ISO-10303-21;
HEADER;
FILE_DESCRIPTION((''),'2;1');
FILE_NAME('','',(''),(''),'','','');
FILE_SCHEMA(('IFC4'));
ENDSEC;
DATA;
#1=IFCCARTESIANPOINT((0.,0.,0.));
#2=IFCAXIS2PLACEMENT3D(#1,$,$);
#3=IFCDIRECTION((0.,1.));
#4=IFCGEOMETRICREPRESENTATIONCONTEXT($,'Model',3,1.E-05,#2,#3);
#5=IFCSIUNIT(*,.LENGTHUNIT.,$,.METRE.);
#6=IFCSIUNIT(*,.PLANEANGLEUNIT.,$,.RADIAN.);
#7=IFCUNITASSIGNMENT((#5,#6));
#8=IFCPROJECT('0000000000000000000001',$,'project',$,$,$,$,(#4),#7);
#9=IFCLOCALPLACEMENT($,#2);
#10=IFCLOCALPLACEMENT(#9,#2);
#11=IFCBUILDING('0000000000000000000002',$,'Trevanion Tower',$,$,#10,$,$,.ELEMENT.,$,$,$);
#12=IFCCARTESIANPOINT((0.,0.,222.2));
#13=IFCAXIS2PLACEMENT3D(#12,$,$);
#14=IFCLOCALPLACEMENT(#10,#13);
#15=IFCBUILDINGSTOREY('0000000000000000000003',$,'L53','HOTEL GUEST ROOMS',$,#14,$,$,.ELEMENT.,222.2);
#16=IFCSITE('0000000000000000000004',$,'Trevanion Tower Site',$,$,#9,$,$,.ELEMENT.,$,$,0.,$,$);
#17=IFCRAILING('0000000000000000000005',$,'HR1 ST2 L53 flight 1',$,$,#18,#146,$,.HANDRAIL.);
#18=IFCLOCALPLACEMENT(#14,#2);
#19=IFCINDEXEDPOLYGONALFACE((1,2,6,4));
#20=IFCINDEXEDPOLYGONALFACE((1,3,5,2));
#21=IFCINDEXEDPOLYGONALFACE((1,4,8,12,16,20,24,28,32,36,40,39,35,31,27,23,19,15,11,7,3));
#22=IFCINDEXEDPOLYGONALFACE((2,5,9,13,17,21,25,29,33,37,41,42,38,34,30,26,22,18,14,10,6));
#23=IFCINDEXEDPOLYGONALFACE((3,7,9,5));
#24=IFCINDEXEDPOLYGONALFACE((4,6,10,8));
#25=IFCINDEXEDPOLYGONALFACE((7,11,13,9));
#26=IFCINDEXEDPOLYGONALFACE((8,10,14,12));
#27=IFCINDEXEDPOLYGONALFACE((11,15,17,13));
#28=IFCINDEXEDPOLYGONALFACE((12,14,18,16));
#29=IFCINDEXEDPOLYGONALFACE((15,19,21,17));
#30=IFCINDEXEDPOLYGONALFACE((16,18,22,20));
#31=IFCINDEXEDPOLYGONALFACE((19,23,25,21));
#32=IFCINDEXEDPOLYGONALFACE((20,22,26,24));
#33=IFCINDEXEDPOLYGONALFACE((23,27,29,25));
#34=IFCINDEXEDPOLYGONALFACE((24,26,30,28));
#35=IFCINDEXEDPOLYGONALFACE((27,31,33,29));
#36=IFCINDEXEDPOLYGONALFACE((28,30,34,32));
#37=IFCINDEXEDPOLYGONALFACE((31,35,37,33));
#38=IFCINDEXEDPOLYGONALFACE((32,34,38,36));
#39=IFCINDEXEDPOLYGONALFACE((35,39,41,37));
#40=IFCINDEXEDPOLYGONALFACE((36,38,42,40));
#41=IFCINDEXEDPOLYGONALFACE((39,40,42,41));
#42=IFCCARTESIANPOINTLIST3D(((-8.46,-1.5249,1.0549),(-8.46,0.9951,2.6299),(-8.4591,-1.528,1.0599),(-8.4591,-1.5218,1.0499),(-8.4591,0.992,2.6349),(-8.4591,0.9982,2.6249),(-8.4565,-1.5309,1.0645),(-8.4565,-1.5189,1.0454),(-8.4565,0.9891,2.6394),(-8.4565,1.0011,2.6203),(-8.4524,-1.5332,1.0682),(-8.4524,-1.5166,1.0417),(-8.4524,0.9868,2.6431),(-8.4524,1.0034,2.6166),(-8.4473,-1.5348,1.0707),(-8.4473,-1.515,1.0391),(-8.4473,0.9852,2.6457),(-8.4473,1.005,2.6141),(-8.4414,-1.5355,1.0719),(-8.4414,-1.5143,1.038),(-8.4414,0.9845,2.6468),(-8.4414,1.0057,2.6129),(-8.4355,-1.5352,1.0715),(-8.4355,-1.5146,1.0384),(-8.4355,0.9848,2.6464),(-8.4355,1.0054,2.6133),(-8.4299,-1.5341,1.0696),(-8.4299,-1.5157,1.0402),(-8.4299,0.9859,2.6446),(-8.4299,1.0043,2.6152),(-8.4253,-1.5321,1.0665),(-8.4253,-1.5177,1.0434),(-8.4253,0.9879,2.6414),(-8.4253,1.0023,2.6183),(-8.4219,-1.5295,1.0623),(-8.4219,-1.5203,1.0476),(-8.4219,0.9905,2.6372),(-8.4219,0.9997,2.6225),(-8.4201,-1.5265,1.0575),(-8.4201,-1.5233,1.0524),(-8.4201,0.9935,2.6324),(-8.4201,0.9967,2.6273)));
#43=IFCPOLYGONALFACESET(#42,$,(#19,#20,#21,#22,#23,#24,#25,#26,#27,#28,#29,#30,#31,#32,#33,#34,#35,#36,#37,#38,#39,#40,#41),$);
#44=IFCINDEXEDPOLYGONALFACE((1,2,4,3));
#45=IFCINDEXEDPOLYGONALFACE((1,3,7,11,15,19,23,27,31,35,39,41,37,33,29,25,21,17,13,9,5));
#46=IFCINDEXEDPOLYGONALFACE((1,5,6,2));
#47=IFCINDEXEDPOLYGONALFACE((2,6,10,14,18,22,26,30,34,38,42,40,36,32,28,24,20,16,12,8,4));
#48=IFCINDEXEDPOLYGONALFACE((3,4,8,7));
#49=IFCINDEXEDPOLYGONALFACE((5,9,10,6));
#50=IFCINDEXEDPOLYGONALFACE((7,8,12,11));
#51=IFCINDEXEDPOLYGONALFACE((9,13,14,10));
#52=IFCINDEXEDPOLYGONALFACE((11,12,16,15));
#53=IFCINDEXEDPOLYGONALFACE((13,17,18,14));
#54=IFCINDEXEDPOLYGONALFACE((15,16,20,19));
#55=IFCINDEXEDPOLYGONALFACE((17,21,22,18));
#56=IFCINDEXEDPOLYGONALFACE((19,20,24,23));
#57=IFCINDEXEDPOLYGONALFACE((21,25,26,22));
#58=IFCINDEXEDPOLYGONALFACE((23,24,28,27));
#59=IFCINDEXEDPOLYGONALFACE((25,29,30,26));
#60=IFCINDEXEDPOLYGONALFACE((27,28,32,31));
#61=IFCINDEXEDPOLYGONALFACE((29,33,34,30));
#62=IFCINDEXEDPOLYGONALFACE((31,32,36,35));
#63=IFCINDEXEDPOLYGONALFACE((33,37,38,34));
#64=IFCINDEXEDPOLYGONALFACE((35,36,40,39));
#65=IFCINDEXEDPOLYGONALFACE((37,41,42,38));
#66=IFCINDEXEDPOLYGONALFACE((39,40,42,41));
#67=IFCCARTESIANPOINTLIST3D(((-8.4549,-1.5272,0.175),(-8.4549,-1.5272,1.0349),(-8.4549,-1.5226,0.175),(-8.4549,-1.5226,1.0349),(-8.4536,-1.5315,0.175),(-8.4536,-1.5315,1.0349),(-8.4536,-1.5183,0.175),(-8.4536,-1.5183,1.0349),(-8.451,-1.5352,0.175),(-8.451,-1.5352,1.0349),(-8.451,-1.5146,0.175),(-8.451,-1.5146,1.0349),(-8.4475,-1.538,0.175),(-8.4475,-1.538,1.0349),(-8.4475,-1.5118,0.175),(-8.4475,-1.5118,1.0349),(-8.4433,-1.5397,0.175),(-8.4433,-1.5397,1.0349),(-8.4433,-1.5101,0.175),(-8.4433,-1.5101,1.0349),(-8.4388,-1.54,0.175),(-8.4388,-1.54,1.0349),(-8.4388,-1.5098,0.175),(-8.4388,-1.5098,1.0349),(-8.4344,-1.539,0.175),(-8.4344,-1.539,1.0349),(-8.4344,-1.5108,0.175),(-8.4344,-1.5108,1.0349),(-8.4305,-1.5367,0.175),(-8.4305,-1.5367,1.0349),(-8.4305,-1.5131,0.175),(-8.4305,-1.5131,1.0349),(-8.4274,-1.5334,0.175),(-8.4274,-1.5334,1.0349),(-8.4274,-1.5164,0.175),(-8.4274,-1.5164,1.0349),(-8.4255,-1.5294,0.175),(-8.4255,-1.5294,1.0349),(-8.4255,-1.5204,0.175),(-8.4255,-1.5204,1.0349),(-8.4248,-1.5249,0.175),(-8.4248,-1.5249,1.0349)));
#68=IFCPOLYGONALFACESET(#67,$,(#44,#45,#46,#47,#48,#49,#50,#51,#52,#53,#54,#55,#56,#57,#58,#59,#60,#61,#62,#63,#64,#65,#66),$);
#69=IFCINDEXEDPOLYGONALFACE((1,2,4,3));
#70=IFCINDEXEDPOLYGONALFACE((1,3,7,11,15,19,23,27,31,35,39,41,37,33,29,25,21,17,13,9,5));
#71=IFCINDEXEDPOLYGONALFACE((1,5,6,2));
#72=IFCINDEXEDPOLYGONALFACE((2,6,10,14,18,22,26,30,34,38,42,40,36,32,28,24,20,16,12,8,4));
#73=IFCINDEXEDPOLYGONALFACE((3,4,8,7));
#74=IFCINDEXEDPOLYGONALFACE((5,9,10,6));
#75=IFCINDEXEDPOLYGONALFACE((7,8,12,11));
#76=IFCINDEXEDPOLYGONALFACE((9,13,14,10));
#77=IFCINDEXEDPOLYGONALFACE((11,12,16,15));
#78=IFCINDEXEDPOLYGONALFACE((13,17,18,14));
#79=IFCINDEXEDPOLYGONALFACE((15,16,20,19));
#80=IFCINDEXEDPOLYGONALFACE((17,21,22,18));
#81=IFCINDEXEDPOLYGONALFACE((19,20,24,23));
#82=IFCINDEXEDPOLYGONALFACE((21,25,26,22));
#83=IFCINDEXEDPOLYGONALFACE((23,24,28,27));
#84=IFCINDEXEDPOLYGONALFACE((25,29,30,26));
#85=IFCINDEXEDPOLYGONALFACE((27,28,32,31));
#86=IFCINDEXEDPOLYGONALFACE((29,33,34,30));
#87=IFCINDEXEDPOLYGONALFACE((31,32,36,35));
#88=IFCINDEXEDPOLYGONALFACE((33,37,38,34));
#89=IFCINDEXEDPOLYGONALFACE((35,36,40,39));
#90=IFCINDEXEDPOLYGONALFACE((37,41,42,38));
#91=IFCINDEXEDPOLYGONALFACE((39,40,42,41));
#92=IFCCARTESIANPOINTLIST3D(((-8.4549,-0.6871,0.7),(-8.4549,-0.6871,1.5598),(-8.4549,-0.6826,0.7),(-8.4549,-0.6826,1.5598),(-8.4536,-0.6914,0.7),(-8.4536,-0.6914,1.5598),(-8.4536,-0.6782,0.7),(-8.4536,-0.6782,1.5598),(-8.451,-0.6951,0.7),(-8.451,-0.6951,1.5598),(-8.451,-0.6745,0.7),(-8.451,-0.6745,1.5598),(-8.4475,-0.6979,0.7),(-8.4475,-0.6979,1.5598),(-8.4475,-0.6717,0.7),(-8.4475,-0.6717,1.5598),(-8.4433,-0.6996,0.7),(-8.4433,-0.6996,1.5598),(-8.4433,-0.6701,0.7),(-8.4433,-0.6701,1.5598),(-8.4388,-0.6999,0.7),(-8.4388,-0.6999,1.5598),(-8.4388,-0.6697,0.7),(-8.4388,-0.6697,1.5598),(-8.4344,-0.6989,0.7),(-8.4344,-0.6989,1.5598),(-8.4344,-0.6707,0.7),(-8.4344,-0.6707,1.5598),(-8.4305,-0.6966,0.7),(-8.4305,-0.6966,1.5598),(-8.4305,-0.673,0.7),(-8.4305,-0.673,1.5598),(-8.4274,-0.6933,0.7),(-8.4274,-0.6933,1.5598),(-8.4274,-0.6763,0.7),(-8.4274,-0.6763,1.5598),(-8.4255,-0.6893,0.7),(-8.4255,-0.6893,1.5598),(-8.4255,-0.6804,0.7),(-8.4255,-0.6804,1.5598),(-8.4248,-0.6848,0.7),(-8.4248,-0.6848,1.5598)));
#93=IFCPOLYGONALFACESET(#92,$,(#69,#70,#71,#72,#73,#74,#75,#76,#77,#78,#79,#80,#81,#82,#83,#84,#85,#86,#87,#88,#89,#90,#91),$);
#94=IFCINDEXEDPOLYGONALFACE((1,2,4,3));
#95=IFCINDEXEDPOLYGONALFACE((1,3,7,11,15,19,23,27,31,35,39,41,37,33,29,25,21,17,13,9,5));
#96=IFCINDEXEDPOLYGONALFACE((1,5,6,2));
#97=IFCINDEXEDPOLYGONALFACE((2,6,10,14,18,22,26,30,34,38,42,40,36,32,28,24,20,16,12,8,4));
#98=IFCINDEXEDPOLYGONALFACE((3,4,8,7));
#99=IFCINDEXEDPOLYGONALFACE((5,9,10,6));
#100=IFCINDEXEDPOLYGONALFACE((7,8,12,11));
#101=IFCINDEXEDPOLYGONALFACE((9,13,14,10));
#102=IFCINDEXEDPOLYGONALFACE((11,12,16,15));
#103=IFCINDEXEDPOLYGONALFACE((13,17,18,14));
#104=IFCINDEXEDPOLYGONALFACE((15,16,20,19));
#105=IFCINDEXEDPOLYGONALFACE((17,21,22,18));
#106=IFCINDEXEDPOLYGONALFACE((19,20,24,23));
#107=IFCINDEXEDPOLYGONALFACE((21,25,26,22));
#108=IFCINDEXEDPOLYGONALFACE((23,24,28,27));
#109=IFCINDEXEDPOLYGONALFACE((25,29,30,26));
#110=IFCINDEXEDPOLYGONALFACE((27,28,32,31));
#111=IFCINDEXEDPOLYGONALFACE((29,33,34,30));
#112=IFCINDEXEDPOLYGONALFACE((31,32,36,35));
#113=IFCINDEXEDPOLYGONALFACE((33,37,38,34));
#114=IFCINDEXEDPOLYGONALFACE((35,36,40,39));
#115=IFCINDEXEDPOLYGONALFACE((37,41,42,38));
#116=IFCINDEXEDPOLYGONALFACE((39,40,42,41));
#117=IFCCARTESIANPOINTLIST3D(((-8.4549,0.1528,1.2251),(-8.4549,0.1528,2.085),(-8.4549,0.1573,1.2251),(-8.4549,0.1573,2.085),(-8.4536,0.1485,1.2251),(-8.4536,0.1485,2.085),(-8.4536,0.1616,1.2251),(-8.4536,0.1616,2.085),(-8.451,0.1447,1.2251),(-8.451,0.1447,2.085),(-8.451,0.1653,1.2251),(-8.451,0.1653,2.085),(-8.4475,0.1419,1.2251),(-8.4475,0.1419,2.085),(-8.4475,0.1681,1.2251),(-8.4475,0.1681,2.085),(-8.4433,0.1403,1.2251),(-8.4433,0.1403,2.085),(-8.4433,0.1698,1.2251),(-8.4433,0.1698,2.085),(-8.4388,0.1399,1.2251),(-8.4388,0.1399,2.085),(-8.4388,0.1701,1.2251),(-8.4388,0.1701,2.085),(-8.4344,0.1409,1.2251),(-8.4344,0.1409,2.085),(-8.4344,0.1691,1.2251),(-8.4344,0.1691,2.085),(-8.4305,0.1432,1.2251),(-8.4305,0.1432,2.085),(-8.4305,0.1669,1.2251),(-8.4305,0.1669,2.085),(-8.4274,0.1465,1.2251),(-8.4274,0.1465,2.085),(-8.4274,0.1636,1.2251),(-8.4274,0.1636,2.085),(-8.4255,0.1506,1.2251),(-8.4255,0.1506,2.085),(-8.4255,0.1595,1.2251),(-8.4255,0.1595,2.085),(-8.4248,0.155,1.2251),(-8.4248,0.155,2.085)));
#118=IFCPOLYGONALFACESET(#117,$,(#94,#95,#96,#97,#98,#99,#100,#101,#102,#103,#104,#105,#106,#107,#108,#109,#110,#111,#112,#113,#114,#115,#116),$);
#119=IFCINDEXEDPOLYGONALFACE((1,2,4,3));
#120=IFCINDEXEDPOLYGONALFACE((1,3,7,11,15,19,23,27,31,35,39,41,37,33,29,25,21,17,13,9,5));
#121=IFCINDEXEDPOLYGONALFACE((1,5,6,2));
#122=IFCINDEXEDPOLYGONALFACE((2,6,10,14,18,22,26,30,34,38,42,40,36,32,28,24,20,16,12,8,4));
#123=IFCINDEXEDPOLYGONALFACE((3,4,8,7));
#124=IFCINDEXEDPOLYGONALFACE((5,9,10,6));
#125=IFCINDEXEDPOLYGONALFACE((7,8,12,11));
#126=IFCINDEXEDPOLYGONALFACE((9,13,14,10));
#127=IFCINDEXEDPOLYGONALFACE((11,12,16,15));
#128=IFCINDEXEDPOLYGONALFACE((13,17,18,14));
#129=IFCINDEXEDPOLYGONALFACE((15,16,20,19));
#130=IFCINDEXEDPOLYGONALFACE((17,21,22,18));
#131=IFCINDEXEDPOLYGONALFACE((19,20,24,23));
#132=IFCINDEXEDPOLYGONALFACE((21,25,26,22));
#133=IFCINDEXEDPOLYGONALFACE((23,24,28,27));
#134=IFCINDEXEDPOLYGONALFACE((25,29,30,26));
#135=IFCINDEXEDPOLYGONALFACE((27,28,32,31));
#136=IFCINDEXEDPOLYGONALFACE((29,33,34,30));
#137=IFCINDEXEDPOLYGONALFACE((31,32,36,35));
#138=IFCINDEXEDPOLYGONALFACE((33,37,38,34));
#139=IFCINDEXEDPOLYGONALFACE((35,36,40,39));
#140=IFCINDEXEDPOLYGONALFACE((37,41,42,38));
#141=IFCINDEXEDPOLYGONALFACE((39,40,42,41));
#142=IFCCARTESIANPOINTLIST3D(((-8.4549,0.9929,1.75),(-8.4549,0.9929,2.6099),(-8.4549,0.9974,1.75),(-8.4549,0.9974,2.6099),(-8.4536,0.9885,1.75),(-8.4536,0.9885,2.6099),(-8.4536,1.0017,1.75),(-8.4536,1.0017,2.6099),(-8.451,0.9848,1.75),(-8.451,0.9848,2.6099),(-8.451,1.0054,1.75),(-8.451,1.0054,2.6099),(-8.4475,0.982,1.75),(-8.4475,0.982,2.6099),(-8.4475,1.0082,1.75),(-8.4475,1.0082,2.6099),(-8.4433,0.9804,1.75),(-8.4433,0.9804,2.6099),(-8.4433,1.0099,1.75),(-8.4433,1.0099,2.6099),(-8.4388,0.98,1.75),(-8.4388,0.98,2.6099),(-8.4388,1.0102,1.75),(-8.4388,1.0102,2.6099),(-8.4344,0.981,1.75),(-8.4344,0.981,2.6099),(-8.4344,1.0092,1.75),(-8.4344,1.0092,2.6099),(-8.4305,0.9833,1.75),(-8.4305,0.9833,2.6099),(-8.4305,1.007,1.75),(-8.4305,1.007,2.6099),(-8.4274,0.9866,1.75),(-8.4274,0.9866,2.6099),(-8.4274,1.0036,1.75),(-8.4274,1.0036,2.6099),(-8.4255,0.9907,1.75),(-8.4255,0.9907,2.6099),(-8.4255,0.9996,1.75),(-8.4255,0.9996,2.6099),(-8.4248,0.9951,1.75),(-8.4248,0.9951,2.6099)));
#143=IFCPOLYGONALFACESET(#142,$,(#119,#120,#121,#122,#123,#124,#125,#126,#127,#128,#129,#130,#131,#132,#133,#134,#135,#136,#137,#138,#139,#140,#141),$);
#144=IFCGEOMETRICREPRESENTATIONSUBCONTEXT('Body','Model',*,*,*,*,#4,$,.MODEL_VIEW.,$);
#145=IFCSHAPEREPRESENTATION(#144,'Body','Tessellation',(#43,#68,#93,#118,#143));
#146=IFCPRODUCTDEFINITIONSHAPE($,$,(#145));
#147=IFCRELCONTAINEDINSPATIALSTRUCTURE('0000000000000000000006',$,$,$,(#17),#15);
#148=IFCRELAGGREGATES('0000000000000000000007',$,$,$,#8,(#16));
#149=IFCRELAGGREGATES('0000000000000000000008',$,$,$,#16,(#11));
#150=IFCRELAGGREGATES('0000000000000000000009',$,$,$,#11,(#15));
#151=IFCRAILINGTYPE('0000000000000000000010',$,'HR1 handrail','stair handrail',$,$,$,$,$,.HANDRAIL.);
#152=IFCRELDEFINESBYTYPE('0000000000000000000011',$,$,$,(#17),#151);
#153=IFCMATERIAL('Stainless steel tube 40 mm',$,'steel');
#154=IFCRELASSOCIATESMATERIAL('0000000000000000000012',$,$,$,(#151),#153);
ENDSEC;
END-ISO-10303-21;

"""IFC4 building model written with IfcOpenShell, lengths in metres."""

from ifc_helpers import new_model, si_unit, direction, frame, origin, origin_2d, place, context, subcontext, project, spatial, circle, extrude, material, type_object, element, save


model = new_model("IFC4")

# Units and contexts
model_context = context("Model", 3, precision=1e-05, world=origin(), true_north=direction((0.0, 1.0)))
body_context = subcontext(model_context, "Body", "Model", "MODEL_VIEW")
ifc_project = project(units=[si_unit("LENGTHUNIT", "METRE"), si_unit("PLANEANGLEUNIT", "RADIAN")], contexts=[model_context])

# Site, building, storey
site_placement = place(None, origin())
site = spatial("IfcSite", under=ifc_project, at=site_placement, Name="Trevanion Tower Site", CompositionType="ELEMENT", RefElevation=0.0)
building_placement = place(site_placement, origin())
building = spatial("IfcBuilding", under=site, at=building_placement, Name="Trevanion Tower", CompositionType="ELEMENT")
storey_placement = place(building_placement, frame((0.0, 0.0, 222.2)))
storey = spatial("IfcBuildingStorey", under=building, at=storey_placement, Name="L53", Description="HOTEL GUEST ROOMS", CompositionType="ELEMENT", Elevation=222.2)

# Railing
ifc_material_1 = material(Name="Stainless steel tube 40 mm", Category="steel")
railing_type = type_object("IfcRailingType", Name="HR1 handrail", Description="stair handrail", PredefinedType="HANDRAIL", material=ifc_material_1)
for number, where, name in (
    (1, (-8.4399, -1.5249, 0.175), "HR1 ST2 L53 flight 1"),
):
    element("IfcRailing", number, at=place(storey_placement, frame(where)), inside=storey, type_object=railing_type, Name=name, PredefinedType="HANDRAIL", context=body_context, shape_type="SweptSolid", body=[
        extrude(circle(Radius=0.02, at=origin_2d()), frame((0.0, 0.0, 0.8799), z_axis=(0.0, 0.848008, 0.529984), x_axis=(-1.0, 0.0, 0.0)), (0.0, 0.0, 1.0), 2.9717),
        extrude(circle(Radius=0.0151, at=origin_2d()), origin(), (0.0, 0.0, 1.0), 0.8599),
        extrude(circle(Radius=0.0151, at=origin_2d()), frame((0.0, 0.8401, 0.5249)), (0.0, 0.0, 1.0), 0.8599),
        extrude(circle(Radius=0.0151, at=origin_2d()), frame((0.0, 1.6799, 1.05)), (0.0, 0.0, 1.0), 0.8599),
        extrude(circle(Radius=0.0151, at=origin_2d()), frame((0.0, 2.52, 1.575)), (0.0, 0.0, 1.0), 0.8599),
    ])

save(model, "model.ifc")
